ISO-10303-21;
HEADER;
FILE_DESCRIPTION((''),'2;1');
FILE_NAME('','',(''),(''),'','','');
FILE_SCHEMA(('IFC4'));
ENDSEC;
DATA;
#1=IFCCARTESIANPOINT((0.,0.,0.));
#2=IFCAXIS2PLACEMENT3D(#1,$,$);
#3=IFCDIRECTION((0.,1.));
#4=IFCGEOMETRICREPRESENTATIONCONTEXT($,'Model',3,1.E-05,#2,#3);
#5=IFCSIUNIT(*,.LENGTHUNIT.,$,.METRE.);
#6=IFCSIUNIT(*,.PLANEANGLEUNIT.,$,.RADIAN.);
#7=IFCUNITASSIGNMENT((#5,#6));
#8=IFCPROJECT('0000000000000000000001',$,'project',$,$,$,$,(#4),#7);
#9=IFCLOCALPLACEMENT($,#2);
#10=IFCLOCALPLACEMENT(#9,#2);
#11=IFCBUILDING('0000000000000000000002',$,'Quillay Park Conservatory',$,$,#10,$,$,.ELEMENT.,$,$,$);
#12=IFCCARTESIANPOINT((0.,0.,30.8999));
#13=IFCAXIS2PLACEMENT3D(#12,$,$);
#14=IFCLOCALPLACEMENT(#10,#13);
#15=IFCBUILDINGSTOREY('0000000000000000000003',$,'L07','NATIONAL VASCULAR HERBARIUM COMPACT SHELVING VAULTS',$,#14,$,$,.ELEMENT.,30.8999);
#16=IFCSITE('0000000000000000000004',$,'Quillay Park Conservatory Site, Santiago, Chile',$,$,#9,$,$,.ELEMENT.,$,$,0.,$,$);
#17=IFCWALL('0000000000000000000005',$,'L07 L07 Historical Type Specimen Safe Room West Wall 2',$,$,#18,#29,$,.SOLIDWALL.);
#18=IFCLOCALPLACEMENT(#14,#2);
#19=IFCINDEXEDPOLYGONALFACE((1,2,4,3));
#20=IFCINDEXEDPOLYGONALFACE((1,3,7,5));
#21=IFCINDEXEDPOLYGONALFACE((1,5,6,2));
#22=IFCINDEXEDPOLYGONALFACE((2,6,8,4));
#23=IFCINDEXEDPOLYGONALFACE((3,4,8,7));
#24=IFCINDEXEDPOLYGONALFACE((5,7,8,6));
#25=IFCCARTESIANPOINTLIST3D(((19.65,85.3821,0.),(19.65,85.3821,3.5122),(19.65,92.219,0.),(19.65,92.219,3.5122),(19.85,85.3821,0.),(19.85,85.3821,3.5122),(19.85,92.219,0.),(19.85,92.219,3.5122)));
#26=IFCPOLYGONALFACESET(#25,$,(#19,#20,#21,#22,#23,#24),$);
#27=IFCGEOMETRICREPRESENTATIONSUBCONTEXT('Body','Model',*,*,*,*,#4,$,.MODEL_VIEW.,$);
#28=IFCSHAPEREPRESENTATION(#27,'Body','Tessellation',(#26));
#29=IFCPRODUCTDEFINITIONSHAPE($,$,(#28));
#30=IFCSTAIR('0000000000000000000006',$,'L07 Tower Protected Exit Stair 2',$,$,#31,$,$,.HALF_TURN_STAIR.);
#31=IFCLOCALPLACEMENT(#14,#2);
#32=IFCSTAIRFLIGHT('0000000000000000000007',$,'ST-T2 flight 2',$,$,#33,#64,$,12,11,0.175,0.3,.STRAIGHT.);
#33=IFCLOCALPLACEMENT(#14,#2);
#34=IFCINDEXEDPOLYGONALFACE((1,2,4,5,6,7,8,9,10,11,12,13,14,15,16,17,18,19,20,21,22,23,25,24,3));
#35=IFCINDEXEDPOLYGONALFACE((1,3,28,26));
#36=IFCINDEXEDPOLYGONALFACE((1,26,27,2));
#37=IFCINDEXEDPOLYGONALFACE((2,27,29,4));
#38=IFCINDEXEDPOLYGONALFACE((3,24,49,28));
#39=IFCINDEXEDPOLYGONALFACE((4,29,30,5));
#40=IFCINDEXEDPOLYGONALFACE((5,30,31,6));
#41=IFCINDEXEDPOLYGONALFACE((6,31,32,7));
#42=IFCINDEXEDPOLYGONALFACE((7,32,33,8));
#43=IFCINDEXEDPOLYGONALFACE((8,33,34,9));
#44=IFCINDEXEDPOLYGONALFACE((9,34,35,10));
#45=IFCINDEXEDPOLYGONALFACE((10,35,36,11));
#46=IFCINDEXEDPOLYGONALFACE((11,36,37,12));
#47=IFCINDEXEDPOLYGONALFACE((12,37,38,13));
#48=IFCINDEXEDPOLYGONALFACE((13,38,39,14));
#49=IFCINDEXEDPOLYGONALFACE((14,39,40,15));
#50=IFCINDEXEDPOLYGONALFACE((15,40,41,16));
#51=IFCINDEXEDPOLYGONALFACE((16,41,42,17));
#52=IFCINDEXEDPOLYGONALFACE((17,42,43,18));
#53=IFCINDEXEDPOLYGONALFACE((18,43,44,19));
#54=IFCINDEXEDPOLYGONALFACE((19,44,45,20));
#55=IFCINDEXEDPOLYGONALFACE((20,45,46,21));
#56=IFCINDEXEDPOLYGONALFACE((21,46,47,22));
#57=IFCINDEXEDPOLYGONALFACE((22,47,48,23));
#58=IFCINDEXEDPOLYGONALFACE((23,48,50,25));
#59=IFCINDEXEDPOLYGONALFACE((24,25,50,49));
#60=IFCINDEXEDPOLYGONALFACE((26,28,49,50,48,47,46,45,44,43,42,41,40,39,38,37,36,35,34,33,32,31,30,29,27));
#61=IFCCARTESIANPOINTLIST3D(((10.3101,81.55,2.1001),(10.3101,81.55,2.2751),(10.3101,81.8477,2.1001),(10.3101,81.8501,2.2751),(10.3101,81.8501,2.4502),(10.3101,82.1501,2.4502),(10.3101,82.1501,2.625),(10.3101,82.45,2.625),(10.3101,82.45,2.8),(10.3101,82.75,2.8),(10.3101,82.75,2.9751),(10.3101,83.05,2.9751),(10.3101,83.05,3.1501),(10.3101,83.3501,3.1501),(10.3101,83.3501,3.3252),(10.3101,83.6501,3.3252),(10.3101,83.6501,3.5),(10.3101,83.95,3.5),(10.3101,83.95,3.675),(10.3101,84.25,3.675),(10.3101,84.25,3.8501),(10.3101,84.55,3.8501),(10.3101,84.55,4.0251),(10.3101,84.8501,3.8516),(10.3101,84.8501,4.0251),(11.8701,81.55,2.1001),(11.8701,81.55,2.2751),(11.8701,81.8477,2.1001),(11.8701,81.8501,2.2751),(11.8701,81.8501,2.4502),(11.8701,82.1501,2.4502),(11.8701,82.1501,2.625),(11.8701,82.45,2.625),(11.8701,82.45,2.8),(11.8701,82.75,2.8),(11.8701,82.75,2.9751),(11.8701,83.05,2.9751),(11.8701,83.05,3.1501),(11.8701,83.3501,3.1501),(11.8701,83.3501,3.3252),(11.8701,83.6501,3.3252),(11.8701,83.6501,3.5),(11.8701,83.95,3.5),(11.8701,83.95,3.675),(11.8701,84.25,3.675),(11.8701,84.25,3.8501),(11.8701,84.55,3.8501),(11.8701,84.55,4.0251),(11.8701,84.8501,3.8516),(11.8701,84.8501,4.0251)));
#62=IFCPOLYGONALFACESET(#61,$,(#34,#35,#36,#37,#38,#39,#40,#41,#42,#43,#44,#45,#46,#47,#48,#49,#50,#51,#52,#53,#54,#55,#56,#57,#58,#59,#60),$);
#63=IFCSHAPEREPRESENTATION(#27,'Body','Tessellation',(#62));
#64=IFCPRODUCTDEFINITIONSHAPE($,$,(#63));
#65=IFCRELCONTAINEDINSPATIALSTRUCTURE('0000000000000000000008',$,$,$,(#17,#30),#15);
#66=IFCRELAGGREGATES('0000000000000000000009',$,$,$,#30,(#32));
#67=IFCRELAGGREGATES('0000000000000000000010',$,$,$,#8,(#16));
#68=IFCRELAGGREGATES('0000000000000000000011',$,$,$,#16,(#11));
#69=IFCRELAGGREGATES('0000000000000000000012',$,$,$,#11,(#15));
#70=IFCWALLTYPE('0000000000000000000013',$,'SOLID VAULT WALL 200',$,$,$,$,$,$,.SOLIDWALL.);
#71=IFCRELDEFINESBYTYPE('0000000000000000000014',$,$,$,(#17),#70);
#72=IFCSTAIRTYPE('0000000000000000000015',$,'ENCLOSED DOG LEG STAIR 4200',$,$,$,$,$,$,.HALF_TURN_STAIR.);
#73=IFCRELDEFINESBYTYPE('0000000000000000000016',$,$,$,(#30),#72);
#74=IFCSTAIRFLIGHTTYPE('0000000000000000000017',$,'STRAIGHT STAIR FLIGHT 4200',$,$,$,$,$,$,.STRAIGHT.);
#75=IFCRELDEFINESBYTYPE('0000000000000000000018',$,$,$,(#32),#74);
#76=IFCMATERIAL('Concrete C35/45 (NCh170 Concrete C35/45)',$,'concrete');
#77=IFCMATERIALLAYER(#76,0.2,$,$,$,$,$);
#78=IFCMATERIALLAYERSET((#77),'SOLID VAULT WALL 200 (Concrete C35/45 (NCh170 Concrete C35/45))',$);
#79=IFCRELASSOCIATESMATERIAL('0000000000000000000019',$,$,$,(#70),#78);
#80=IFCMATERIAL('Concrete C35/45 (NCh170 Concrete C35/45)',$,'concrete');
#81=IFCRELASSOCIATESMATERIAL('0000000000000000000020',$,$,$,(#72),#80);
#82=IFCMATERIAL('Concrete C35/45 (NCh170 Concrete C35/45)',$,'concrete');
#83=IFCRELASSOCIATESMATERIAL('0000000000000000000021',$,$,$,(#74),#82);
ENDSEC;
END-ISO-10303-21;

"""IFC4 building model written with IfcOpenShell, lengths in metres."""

from ifc_helpers import new_model, si_unit, direction, frame, frame_2d, origin, place, context, subcontext, project, spatial, polyline, rectangle, outline, extrude, material, layer, layer_set, type_object, element, aggregate, save


model = new_model("IFC4")

# Units and contexts
model_context = context("Model", 3, precision=1e-05, world=origin(), true_north=direction((0.0, 1.0)))
body_context = subcontext(model_context, "Body", "Model", "MODEL_VIEW")
ifc_project = project(units=[si_unit("LENGTHUNIT", "METRE"), si_unit("PLANEANGLEUNIT", "RADIAN")], contexts=[model_context])

# Site, building, storey
site_placement = place(None, origin())
site = spatial("IfcSite", under=ifc_project, at=site_placement, Name="Quillay Park Conservatory Site, Santiago, Chile", CompositionType="ELEMENT", RefElevation=0.0)
building_placement = place(site_placement, origin())
building = spatial("IfcBuilding", under=site, at=building_placement, Name="Quillay Park Conservatory", CompositionType="ELEMENT")
storey_placement = place(building_placement, frame((0.0, 0.0, 30.8999)))
storey = spatial("IfcBuildingStorey", under=building, at=storey_placement, Name="L07", Description="NATIONAL VASCULAR HERBARIUM COMPACT SHELVING VAULTS", CompositionType="ELEMENT", Elevation=30.8999)

# Wall
ifc_material_1 = material(Name="Concrete C35/45 (NCh170 Concrete C35/45)", Category="concrete")
ifc_layer_1 = layer(ifc_material_1, 0.2)
ifc_layer_set_1 = layer_set([ifc_layer_1], Name="SOLID VAULT WALL 200 (Concrete C35/45 (NCh170 Concrete C35/45))")
wall_type_1 = type_object("IfcWallType", Name="SOLID VAULT WALL 200", PredefinedType="SOLIDWALL", material=ifc_layer_set_1)
wall_1_placement = place(storey_placement, frame((19.75, 85.3821, 0.0), z_axis=(0.0, 0.0, 1.0), x_axis=(0.0, 1.0, 0.0)))
element("IfcWall", 1, at=wall_1_placement, inside=storey, type_object=wall_type_1, Name="L07 L07 Historical Type Specimen Safe Room West Wall 2", PredefinedType="SOLIDWALL", context=body_context, shape_type="SweptSolid", body=[
    extrude(rectangle(XDim=6.8369, YDim=0.2, at=frame_2d((3.4185, 0.0))), origin(), (0.0, 0.0, 1.0), 3.5122),
])

# Stair, stair flight
ifc_material_2 = material(Name="Concrete C35/45 (NCh170 Concrete C35/45)", Category="concrete")
stair_type = type_object("IfcStairType", Name="ENCLOSED DOG LEG STAIR 4200", PredefinedType="HALF_TURN_STAIR", material=ifc_material_2)
stair_placement = place(storey_placement, origin())
stair = element("IfcStair", 2, at=stair_placement, inside=storey, type_object=stair_type, Name="L07 Tower Protected Exit Stair 2", PredefinedType="HALF_TURN_STAIR")
ifc_material_3 = material(Name="Concrete C35/45 (NCh170 Concrete C35/45)", Category="concrete")
stair_flight_type = type_object("IfcStairFlightType", Name="STRAIGHT STAIR FLIGHT 4200", PredefinedType="STRAIGHT", material=ifc_material_3)
stair_flight_placement = place(storey_placement, frame((11.0901, 81.55, 2.1001), z_axis=(0.0, 0.0, 1.0), x_axis=(0.0, 1.0, 0.0)))
stair_flight = element("IfcStairFlight", 3, at=stair_flight_placement, type_object=stair_flight_type, Name="ST-T2 flight 2", NumberOfRisers=12, NumberOfTreads=11, PredefinedType="STRAIGHT", RiserHeight=0.175, TreadLength=0.3, context=body_context, shape_type="SweptSolid", body=[
    extrude(outline(polyline([(0.0, 0.0), (0.0, 0.175), (0.3, 0.175), (0.3, 0.3501), (0.6001, 0.3501), (0.6001, 0.5249), (0.8999, 0.5249), (0.8999, 0.7), (1.2, 0.7), (1.2, 0.875), (1.5, 0.875), (1.5, 1.05), (1.8, 1.05), (1.8, 1.2251), (2.1001, 1.2251), (2.1001, 1.3999), (2.3999, 1.3999), (2.3999, 1.575), (2.7, 1.575), (2.7, 1.75), (3.0, 1.75), (3.0, 1.925), (3.3, 1.925), (3.3, 2.1001), (3.3, 1.7515), (0.2976, 0.0), (0.0, 0.0)])), frame((0.0, 0.78, 0.0), z_axis=(0.0, -1.0, 0.0), x_axis=(1.0, 0.0, 0.0)), (0.0, 0.0, 1.0), 1.5601),
])
aggregate(stair, [stair_flight])

save(model, "model.ifc")
